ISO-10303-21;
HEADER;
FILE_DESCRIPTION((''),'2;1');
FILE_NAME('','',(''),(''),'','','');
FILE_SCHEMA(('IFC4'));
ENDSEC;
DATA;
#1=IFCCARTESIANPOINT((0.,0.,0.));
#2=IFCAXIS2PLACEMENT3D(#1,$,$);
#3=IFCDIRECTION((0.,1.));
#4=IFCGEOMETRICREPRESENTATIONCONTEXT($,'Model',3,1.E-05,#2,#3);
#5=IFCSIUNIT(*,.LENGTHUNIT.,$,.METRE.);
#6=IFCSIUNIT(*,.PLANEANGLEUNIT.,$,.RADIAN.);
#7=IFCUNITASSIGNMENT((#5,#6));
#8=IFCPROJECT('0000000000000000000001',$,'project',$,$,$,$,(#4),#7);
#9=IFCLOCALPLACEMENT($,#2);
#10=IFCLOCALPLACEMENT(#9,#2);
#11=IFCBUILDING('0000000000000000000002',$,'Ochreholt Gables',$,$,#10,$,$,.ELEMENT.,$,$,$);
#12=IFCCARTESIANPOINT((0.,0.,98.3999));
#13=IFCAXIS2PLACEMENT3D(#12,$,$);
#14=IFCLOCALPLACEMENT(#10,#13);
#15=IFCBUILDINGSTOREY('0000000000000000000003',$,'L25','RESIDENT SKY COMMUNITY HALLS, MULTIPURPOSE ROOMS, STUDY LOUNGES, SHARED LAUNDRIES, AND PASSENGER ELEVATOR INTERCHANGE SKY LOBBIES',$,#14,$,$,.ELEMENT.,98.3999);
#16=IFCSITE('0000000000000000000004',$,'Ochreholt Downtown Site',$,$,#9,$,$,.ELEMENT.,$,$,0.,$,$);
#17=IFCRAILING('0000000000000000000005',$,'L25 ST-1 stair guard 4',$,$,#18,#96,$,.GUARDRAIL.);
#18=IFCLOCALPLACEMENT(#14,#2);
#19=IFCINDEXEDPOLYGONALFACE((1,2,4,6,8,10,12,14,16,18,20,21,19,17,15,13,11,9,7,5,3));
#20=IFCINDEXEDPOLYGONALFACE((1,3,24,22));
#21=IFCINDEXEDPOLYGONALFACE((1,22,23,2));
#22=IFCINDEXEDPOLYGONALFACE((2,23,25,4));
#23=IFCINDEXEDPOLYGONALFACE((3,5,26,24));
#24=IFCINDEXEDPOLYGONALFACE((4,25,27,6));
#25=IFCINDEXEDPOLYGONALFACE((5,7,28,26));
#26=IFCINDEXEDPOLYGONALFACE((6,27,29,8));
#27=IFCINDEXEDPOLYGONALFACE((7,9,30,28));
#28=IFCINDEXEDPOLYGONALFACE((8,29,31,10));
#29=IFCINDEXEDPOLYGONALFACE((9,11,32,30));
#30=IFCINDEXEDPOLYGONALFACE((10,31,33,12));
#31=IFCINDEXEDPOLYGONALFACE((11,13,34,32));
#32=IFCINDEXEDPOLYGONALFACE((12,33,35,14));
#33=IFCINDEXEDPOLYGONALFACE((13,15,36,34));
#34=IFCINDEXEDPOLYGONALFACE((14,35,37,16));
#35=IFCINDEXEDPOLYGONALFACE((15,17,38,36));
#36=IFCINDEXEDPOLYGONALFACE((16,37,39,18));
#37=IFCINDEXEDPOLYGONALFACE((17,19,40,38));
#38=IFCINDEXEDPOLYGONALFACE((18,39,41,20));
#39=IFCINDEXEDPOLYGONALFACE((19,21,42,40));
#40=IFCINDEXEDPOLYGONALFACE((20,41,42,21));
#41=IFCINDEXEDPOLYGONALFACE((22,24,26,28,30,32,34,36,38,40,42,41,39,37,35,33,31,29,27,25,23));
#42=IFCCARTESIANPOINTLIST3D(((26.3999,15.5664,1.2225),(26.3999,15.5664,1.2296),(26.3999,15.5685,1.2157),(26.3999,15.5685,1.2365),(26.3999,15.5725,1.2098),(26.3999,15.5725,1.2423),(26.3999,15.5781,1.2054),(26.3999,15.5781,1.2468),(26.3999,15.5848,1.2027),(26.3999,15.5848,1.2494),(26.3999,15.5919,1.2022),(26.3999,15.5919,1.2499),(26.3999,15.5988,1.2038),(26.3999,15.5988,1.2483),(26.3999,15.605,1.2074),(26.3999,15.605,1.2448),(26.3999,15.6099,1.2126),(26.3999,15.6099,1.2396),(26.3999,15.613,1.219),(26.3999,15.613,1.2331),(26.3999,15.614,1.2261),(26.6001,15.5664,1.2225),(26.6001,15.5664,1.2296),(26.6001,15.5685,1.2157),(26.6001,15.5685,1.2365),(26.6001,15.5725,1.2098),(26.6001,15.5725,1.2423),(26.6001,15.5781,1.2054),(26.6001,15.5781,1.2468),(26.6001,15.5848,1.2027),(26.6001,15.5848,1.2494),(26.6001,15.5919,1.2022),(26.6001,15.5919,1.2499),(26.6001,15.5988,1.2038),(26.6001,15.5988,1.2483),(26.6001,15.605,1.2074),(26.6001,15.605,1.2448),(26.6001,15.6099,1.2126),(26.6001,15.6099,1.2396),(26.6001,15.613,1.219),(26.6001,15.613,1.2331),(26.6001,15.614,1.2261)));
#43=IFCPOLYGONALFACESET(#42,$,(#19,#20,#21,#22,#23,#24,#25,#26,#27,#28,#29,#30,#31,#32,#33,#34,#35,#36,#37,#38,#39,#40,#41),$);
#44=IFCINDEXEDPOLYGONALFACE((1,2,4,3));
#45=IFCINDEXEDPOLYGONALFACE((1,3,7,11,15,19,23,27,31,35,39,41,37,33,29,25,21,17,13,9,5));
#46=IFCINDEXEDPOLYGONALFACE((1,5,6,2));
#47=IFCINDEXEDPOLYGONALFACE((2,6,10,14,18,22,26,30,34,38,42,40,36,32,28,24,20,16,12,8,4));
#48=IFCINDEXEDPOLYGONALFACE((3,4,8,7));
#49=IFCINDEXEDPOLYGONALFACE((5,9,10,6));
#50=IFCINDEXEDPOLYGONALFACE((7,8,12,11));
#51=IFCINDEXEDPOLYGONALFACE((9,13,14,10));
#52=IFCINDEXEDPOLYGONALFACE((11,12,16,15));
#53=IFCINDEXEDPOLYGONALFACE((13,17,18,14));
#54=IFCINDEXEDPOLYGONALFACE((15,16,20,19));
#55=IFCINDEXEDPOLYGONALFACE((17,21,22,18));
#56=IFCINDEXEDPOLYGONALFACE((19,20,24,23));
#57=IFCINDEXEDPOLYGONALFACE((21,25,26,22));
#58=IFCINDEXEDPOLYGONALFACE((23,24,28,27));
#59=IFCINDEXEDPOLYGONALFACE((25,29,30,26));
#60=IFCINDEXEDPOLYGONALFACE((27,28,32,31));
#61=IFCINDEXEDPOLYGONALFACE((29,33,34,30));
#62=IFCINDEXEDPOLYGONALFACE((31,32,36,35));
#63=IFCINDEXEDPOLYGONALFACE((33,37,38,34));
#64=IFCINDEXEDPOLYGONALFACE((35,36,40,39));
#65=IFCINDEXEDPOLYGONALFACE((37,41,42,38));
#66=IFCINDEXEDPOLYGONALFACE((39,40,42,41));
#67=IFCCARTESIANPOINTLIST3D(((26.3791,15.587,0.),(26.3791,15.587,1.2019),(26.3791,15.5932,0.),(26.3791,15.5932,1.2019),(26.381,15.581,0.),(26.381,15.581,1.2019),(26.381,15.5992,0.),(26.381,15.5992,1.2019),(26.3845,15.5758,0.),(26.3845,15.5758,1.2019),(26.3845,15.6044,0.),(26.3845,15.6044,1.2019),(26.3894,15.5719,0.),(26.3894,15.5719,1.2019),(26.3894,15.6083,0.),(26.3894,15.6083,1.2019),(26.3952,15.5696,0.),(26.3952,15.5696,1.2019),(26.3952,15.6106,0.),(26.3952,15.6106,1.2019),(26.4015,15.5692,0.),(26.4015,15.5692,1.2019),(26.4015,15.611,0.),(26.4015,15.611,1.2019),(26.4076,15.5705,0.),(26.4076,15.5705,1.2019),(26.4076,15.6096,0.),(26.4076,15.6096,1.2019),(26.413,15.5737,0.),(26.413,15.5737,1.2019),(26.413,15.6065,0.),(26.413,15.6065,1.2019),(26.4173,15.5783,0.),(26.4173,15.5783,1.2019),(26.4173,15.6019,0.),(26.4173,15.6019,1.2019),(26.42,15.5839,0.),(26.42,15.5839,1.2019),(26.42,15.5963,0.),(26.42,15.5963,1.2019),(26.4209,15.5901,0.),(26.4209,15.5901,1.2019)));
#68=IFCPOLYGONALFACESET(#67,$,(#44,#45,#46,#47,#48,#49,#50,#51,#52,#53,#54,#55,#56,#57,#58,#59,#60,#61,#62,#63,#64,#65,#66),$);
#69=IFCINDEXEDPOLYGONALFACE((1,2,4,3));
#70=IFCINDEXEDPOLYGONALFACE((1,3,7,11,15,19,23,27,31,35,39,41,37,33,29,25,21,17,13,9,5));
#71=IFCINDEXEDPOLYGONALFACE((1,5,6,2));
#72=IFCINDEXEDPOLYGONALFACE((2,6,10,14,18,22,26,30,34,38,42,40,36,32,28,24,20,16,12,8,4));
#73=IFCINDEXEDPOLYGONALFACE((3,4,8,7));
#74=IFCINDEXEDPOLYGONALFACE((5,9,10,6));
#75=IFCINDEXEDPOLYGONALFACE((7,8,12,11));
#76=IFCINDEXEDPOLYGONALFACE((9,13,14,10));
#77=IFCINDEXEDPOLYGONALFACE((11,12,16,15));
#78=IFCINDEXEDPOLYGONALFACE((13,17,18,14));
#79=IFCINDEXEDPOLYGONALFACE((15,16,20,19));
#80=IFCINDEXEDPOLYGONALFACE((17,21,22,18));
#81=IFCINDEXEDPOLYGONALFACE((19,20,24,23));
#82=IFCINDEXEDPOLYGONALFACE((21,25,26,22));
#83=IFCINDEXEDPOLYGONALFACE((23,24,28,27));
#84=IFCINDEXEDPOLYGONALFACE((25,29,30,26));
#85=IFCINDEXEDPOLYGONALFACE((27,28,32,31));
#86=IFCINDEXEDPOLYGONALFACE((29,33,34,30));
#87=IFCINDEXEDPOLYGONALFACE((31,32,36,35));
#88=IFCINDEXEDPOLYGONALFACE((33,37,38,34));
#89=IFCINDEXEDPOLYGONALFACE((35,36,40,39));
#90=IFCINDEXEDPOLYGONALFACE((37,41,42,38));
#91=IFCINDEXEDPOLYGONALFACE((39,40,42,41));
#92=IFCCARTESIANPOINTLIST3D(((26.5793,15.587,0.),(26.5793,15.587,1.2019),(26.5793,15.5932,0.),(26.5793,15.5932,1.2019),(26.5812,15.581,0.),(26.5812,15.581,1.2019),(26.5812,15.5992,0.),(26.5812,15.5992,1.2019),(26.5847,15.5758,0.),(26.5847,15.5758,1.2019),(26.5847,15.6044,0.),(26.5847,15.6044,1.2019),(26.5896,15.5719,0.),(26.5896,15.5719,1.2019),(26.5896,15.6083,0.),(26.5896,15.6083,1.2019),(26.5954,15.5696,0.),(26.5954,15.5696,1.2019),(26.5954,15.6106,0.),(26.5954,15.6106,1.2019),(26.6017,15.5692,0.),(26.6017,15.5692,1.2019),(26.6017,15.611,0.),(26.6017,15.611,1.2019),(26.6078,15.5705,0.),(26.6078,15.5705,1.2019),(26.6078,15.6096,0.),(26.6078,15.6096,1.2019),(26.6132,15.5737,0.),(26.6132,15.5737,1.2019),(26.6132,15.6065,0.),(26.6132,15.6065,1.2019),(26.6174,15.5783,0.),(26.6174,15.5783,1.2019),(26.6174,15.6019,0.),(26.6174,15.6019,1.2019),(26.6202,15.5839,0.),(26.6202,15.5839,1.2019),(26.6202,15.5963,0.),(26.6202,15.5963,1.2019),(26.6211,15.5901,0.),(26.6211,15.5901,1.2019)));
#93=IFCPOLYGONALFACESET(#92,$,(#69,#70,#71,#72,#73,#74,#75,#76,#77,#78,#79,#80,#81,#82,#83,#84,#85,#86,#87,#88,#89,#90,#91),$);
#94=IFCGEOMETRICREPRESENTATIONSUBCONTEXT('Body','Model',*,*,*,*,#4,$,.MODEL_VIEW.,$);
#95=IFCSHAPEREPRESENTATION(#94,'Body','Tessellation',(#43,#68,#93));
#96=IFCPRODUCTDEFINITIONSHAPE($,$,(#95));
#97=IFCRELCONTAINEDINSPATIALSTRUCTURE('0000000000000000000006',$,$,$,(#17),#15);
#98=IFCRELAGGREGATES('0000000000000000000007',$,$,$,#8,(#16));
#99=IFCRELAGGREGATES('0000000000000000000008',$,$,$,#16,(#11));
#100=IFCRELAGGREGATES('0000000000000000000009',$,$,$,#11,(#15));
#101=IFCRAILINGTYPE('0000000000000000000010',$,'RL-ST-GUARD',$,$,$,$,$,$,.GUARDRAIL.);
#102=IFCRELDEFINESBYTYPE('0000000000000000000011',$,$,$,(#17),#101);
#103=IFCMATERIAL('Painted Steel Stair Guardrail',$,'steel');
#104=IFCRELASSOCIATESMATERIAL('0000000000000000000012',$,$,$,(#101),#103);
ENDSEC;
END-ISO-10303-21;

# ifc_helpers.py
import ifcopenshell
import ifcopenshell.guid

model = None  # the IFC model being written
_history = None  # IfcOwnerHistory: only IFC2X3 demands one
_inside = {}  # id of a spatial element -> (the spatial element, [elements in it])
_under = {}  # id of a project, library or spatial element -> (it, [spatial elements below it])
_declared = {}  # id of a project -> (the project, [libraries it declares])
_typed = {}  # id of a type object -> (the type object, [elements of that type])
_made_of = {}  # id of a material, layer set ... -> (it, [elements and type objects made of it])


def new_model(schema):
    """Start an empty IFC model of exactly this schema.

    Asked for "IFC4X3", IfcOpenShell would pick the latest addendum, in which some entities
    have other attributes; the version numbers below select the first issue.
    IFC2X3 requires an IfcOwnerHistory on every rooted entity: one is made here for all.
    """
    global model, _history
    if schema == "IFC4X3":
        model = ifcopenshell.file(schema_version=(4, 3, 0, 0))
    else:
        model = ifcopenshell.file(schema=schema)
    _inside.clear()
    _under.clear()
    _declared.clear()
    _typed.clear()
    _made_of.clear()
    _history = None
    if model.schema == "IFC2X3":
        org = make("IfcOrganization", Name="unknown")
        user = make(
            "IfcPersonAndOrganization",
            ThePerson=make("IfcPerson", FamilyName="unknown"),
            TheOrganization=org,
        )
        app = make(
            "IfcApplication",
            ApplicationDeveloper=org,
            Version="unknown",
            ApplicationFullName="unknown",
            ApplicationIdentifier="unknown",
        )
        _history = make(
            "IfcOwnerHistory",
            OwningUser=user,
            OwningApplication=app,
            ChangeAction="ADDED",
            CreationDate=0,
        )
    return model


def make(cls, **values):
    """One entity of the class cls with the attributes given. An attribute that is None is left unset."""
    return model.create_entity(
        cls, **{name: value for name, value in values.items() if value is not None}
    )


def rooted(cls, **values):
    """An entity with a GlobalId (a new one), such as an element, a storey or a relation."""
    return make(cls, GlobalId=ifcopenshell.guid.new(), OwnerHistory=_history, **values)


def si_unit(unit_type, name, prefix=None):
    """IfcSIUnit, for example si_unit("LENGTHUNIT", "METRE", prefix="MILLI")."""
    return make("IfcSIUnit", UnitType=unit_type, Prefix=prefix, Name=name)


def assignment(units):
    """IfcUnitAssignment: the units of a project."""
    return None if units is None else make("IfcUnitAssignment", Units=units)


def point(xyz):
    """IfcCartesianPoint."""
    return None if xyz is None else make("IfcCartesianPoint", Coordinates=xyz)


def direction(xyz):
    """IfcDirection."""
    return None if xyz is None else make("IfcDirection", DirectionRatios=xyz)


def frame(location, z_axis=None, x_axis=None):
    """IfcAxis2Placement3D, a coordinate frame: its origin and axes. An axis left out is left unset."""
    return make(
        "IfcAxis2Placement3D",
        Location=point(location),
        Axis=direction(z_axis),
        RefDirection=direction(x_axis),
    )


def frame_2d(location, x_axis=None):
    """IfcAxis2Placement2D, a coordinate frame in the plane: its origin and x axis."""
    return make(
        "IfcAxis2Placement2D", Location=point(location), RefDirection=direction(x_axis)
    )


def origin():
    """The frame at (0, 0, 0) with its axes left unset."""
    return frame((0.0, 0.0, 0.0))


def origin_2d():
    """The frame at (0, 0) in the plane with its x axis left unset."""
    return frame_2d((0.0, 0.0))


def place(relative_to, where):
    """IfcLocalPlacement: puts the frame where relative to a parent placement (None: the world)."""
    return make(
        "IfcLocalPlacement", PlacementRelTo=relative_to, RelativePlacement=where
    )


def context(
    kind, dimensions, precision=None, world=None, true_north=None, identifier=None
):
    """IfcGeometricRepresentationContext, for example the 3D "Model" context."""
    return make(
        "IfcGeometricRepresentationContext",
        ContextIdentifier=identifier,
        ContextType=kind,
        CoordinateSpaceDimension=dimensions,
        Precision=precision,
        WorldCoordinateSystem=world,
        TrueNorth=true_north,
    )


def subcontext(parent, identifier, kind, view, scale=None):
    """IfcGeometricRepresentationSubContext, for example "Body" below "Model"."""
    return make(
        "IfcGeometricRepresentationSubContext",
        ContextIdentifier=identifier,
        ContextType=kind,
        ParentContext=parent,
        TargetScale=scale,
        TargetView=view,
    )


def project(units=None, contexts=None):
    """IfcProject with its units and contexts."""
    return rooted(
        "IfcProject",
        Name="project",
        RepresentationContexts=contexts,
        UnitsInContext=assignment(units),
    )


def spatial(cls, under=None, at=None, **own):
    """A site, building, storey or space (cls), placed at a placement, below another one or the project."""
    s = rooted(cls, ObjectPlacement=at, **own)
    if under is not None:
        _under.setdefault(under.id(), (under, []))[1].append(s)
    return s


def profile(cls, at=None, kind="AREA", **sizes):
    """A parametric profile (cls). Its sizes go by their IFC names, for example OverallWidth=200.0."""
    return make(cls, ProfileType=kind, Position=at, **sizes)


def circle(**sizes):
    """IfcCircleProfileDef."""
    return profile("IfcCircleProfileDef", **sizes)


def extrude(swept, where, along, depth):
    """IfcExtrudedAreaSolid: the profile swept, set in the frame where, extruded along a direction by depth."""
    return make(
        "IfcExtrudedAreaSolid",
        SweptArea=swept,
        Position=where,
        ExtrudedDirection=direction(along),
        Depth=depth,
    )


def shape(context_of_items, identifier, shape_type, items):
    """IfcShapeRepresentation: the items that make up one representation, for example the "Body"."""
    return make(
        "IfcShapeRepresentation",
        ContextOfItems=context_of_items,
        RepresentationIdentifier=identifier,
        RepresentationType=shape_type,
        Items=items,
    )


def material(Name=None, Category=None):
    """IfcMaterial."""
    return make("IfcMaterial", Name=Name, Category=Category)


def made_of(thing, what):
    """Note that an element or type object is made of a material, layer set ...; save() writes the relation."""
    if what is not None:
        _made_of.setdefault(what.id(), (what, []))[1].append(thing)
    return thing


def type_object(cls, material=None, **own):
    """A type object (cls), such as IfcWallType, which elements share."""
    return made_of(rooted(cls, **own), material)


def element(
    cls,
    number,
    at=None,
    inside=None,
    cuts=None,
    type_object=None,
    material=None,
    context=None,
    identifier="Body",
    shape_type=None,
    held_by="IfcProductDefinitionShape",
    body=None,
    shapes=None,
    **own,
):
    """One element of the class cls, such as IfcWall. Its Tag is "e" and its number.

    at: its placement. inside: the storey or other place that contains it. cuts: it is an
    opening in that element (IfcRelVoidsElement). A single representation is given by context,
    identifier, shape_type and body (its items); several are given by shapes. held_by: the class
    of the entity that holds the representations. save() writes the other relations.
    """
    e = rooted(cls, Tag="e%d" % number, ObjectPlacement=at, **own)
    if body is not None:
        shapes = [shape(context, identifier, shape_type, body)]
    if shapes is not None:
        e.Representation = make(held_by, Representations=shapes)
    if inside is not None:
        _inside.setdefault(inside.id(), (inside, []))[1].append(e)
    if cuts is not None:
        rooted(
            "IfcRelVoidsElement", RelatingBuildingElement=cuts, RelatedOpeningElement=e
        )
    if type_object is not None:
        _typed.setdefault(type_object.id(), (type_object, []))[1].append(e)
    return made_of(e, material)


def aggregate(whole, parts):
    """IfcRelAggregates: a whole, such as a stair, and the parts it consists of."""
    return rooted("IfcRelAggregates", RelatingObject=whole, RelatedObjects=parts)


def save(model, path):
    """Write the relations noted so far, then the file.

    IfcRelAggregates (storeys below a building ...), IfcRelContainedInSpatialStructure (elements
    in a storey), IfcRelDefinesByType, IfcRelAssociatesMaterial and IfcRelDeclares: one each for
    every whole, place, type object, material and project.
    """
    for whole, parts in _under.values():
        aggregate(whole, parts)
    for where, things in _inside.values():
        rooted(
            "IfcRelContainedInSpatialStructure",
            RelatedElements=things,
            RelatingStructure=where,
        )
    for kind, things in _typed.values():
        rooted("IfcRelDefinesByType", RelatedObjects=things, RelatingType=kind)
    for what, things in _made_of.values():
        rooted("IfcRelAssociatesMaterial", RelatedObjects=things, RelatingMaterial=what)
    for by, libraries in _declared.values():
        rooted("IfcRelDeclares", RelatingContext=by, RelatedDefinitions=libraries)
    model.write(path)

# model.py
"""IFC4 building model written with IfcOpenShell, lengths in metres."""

from ifc_helpers import new_model, si_unit, direction, frame, origin, origin_2d, place, context, subcontext, project, spatial, circle, extrude, material, type_object, element, save


model = new_model("IFC4")

# Units and contexts
model_context = context("Model", 3, precision=1e-05, world=origin(), true_north=direction((0.0, 1.0)))
body_context = subcontext(model_context, "Body", "Model", "MODEL_VIEW")
ifc_project = project(units=[si_unit("LENGTHUNIT", "METRE"), si_unit("PLANEANGLEUNIT", "RADIAN")], contexts=[model_context])

# Site, building, storey
site_placement = place(None, origin())
site = spatial("IfcSite", under=ifc_project, at=site_placement, Name="Ochreholt Downtown Site", CompositionType="ELEMENT", RefElevation=0.0)
building_placement = place(site_placement, origin())
building = spatial("IfcBuilding", under=site, at=building_placement, Name="Ochreholt Gables", CompositionType="ELEMENT")
storey_placement = place(building_placement, frame((0.0, 0.0, 98.3999)))
storey = spatial("IfcBuildingStorey", under=building, at=storey_placement, Name="L25", Description="RESIDENT SKY COMMUNITY HALLS, MULTIPURPOSE ROOMS, STUDY LOUNGES, SHARED LAUNDRIES, AND PASSENGER ELEVATOR INTERCHANGE SKY LOBBIES", CompositionType="ELEMENT", Elevation=98.3999)

# Railing
ifc_material_1 = material(Name="Painted Steel Stair Guardrail", Category="steel")
railing_type_1 = type_object("IfcRailingType", Name="RL-ST-GUARD", PredefinedType="GUARDRAIL", material=ifc_material_1)
railing_1_placement = place(storey_placement, frame((26.3999, 15.5901, 0.0)))
element("IfcRailing", 1, at=railing_1_placement, inside=storey, type_object=railing_type_1, Name="L25 ST-1 stair guard 4", PredefinedType="GUARDRAIL", context=body_context, shape_type="SweptSolid", body=[
    extrude(circle(Radius=0.0239, at=origin_2d()), frame((0.0, 0.0, 1.2261), z_axis=(1.0, 0.0, 0.0), x_axis=(0.0, 1.0, 0.0)), (0.0, 0.0, 1.0), 0.2002),
    extrude(circle(Radius=0.021, at=origin_2d()), origin(), (0.0, 0.0, 1.0), 1.2019),
    extrude(circle(Radius=0.021, at=origin_2d()), frame((0.2002, 0.0, 0.0)), (0.0, 0.0, 1.0), 1.2019),
])

save(model, "model.ifc")
